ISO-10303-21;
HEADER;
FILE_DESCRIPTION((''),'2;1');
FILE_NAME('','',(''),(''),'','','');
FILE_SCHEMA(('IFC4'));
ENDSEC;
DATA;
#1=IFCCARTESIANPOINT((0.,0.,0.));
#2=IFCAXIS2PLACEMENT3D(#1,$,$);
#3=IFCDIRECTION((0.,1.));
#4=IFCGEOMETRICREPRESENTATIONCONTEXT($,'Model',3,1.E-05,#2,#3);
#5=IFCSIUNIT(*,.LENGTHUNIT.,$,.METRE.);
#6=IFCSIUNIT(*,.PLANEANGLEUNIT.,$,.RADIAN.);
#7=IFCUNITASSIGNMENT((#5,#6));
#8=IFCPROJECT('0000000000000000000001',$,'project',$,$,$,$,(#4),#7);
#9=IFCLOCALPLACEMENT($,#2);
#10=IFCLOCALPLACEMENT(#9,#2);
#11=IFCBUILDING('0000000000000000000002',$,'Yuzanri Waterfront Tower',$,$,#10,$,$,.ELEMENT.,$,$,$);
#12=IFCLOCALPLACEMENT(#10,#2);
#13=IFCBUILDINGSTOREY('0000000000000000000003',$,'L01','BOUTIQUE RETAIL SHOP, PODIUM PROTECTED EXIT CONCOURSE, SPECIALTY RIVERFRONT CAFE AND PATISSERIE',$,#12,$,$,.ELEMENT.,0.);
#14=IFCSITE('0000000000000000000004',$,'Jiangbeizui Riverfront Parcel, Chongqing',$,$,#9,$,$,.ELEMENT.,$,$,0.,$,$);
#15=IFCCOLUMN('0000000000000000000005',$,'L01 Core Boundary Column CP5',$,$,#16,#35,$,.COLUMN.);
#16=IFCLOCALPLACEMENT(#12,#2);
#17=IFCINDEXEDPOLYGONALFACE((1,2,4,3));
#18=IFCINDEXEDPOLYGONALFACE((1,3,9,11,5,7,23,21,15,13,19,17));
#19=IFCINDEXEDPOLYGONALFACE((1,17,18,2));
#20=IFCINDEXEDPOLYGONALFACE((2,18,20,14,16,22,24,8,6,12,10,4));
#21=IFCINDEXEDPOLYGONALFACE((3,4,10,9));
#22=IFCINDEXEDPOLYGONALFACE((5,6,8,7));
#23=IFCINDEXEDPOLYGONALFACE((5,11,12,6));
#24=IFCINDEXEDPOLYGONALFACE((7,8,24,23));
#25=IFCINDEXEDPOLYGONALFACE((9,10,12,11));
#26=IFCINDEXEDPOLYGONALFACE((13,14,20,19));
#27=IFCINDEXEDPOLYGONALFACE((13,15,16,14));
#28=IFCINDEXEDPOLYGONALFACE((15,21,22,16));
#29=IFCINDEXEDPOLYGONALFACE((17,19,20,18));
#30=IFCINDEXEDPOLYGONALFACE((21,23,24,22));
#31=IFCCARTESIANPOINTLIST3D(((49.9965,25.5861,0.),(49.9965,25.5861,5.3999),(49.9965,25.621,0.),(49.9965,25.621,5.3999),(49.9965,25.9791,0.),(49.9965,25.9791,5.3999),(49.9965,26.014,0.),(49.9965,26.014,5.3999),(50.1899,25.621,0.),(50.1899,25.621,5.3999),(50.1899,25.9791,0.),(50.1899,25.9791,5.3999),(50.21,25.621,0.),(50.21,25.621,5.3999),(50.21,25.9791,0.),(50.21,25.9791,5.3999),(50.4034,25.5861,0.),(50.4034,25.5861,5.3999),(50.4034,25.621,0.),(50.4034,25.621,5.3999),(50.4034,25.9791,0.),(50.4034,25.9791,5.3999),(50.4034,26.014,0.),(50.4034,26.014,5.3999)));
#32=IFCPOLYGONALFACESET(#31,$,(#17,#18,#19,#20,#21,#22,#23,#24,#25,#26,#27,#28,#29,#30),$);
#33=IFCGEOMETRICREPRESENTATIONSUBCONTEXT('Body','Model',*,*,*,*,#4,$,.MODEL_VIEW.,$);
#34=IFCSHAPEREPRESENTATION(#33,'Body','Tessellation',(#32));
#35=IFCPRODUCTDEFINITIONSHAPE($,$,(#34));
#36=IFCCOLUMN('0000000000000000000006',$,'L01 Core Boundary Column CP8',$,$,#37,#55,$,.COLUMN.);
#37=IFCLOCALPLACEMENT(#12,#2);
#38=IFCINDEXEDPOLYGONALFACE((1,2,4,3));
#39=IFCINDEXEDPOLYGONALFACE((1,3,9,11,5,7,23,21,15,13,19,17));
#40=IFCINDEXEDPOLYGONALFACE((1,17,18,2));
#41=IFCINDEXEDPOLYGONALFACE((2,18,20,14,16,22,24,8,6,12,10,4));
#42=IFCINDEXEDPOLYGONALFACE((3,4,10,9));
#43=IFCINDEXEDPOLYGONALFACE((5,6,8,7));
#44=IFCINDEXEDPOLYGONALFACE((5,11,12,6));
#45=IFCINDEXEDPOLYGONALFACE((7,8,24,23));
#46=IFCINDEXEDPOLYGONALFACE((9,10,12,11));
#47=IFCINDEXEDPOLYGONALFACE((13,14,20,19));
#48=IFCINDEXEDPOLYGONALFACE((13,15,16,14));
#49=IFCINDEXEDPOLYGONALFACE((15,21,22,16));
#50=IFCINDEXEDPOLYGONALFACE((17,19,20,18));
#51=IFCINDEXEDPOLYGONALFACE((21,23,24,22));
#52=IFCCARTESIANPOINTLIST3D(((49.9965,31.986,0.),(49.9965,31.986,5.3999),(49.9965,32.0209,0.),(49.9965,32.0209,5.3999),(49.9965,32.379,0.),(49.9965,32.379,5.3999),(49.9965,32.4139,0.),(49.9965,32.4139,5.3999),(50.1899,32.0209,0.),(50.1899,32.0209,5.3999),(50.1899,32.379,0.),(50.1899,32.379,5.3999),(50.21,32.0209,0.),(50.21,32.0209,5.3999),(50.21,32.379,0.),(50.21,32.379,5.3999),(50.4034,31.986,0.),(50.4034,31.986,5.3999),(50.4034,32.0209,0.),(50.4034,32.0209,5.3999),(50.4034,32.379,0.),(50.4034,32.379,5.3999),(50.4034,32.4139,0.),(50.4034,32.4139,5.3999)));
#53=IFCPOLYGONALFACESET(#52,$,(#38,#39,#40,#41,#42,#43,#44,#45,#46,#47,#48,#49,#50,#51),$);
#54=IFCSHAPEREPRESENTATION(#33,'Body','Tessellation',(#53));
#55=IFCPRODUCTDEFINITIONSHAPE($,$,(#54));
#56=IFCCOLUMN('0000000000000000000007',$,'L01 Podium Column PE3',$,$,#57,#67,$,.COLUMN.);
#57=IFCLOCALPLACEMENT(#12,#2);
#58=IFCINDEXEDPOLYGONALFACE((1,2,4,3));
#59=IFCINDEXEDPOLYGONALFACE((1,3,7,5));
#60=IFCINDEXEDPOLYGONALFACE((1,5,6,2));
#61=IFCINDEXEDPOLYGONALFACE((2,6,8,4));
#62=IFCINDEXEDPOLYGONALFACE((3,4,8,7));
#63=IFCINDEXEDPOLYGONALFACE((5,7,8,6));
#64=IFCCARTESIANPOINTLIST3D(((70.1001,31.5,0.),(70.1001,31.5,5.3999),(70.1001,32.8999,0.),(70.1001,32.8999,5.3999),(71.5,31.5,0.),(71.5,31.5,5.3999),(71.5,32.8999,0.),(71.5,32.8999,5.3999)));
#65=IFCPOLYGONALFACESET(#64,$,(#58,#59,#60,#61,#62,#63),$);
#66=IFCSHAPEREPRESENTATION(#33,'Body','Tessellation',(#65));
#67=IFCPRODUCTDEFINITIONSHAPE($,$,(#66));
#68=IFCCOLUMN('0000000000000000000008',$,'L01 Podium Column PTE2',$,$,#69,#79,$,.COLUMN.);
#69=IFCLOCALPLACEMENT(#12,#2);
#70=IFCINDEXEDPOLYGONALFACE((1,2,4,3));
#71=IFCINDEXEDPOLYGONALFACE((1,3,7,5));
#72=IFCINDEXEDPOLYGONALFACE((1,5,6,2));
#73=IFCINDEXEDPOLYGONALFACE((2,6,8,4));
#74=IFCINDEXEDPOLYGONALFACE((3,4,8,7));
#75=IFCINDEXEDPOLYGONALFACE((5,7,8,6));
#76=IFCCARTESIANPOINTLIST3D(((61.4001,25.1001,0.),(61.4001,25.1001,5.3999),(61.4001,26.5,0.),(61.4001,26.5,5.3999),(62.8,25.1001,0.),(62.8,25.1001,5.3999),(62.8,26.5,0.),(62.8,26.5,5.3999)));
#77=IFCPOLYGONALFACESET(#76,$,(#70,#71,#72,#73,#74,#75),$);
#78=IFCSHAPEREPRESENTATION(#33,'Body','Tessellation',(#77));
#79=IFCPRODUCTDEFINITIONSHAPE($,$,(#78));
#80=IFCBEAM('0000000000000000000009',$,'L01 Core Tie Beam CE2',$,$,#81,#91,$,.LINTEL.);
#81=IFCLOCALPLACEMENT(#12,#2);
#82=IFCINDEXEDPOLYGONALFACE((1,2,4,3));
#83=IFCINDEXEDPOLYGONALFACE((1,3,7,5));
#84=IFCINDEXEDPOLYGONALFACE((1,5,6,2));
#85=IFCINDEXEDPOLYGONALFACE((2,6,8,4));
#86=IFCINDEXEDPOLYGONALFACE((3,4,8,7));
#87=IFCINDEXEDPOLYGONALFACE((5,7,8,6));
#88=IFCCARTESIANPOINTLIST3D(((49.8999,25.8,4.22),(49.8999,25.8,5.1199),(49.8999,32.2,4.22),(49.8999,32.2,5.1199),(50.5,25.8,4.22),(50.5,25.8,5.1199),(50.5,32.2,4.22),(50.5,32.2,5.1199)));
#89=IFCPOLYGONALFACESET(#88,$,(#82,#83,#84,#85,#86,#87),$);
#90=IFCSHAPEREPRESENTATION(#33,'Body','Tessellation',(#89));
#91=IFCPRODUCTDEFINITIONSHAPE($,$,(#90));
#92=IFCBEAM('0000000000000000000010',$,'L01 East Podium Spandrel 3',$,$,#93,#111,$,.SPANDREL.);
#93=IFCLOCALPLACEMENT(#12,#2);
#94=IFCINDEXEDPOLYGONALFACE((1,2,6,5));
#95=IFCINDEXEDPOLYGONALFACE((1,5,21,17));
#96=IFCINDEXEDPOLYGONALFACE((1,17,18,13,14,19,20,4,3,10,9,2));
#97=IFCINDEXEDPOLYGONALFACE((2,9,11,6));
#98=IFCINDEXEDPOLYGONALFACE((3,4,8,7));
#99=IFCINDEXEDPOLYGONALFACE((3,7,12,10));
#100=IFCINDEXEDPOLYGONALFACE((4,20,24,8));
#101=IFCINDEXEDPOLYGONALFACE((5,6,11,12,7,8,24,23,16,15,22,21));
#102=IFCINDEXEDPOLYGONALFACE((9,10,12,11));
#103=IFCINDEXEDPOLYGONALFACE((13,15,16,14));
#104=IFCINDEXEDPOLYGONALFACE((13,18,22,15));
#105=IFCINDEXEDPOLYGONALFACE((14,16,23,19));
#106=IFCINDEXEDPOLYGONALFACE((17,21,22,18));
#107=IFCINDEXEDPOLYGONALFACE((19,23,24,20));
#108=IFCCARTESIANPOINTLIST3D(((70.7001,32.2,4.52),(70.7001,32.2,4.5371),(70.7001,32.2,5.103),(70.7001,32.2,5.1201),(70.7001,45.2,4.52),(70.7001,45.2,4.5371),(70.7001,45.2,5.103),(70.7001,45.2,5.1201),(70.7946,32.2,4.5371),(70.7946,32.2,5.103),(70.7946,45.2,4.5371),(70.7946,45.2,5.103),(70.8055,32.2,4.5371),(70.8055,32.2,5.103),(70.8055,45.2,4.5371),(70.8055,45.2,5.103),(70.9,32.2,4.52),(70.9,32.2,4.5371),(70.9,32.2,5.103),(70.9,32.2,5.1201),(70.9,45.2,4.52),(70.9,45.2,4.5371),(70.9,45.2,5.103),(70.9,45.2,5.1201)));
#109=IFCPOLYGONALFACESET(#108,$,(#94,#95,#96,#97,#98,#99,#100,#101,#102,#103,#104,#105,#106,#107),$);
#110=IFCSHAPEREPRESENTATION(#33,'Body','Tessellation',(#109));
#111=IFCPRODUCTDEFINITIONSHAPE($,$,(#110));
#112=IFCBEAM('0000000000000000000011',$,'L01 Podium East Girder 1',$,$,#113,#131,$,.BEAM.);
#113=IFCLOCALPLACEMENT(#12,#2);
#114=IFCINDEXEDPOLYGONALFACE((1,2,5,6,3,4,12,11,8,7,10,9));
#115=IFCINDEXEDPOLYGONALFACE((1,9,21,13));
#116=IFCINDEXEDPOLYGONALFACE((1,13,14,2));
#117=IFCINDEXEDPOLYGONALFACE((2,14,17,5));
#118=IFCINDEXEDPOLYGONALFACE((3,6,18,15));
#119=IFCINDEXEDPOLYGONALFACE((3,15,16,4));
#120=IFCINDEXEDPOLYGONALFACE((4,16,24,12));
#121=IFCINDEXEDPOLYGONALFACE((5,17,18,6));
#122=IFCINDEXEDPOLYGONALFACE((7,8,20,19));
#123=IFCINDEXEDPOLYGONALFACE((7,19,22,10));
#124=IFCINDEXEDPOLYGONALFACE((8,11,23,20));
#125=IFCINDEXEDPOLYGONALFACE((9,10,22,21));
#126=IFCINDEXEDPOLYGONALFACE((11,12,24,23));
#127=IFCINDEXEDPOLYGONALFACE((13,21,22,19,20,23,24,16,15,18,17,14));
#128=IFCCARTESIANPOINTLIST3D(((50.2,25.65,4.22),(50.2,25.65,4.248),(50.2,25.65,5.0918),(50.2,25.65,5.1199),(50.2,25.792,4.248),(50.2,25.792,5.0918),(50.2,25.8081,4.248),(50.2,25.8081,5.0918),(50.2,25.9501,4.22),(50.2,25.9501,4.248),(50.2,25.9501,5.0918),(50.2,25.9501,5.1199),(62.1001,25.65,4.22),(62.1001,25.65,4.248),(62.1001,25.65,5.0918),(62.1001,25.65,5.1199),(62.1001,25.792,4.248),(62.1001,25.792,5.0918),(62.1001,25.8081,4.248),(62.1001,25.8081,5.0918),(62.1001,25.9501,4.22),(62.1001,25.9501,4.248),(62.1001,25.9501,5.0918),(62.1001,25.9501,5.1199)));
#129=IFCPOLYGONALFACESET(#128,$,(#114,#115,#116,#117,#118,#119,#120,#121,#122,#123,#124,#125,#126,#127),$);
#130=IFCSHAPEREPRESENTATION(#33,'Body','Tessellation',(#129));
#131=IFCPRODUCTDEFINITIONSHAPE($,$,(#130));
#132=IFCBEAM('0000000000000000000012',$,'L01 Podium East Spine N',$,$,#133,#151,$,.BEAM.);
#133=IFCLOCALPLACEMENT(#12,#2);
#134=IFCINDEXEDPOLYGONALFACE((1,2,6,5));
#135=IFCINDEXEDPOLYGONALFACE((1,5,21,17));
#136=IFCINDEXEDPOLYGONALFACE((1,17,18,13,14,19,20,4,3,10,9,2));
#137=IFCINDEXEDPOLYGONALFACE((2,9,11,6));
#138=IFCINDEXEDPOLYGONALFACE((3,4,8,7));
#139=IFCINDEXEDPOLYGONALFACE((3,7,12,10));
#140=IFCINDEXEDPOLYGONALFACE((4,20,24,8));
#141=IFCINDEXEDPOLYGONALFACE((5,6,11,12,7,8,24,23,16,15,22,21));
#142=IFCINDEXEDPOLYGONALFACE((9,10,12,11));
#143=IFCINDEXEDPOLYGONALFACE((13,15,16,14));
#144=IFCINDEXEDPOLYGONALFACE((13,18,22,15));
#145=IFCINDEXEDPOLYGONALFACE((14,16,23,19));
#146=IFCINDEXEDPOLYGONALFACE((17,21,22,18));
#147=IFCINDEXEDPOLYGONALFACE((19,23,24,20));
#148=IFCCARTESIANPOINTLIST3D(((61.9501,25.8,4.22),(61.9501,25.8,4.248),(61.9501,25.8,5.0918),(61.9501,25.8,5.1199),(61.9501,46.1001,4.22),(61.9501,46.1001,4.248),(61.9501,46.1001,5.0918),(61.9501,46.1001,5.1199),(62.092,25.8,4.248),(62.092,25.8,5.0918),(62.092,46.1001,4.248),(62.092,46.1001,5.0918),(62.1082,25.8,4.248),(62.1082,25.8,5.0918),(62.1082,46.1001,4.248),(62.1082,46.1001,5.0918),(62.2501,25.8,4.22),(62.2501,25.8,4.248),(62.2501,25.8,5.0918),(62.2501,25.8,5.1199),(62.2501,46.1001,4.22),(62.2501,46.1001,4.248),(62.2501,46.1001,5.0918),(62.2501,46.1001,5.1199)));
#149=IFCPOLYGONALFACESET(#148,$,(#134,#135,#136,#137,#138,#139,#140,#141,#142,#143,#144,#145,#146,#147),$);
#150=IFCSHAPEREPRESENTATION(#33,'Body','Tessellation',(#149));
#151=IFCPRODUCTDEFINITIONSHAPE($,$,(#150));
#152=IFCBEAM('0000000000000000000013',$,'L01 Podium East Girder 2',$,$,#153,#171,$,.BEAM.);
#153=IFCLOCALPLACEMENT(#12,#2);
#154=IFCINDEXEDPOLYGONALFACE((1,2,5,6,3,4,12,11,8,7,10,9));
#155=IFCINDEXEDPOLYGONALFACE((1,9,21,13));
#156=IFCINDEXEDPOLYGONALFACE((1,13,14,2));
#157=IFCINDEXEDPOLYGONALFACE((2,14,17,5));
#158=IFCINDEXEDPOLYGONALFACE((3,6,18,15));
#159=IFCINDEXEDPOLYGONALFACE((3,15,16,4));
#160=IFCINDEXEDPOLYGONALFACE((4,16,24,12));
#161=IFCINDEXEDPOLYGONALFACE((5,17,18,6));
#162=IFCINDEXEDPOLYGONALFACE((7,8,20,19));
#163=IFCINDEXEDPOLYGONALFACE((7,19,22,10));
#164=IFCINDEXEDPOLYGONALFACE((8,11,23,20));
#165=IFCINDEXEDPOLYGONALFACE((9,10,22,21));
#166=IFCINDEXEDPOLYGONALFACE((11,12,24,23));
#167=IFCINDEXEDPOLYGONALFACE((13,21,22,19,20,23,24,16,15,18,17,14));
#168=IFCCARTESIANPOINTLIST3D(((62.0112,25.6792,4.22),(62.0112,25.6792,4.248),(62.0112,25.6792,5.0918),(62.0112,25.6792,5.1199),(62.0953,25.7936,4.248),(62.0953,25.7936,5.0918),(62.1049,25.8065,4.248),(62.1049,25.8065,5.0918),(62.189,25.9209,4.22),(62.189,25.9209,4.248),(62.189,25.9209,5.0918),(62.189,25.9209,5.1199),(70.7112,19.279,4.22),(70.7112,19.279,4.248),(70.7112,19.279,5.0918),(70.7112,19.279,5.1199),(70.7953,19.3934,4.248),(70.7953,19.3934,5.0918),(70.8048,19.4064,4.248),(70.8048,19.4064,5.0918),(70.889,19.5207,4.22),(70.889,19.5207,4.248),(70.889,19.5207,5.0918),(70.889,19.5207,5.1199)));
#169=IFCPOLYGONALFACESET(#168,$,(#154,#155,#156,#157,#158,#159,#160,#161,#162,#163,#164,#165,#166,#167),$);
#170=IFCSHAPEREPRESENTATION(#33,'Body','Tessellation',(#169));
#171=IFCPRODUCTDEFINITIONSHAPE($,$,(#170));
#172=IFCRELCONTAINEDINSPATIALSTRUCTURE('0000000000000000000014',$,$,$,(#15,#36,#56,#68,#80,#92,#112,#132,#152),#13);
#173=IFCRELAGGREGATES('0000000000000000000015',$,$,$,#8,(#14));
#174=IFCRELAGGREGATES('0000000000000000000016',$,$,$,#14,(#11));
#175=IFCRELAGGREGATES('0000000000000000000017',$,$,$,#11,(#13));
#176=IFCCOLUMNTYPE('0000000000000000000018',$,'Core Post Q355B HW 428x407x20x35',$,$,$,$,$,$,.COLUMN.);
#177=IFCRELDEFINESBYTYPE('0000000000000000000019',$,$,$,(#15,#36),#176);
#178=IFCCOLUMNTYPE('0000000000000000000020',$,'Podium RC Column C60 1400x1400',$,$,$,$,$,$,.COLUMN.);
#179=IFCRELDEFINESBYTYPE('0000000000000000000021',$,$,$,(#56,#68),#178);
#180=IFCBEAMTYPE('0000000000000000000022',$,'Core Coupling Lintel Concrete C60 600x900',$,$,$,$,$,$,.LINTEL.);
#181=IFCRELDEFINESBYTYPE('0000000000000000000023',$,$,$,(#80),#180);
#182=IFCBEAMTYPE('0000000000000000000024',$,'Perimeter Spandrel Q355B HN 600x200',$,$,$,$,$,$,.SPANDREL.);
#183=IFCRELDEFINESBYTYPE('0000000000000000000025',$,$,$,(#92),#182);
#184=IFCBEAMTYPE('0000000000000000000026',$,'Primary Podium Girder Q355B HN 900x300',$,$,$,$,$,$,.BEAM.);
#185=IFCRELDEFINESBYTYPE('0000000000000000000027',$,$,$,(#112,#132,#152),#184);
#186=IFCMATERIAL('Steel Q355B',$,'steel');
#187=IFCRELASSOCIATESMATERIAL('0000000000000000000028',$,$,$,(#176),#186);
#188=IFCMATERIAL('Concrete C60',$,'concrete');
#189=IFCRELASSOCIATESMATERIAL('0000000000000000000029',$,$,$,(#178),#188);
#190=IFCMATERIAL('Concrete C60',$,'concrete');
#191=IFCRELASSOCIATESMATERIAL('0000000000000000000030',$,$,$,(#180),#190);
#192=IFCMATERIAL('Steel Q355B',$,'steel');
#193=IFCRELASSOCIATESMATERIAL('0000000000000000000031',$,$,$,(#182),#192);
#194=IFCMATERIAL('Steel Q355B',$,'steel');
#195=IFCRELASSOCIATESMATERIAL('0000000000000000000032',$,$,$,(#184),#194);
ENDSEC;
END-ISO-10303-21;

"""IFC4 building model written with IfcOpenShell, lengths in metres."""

from ifc_helpers import new_model, si_unit, direction, frame, origin, origin_2d, place, context, subcontext, project, spatial, rectangle, i_section, extrude, source, transform, mapped, material, material_profile, profile_set, type_object, element, save


model = new_model("IFC4")

# Units and contexts
model_context = context("Model", 3, precision=1e-05, world=origin(), true_north=direction((0.0, 1.0)))
body_context = subcontext(model_context, "Body", "Model", "MODEL_VIEW")
ifc_project = project(units=[si_unit("LENGTHUNIT", "METRE"), si_unit("PLANEANGLEUNIT", "RADIAN")], contexts=[model_context])

# Site, building, storey
site_placement = place(None, origin())
site = spatial("IfcSite", under=ifc_project, at=site_placement, Name="Jiangbeizui Riverfront Parcel, Chongqing", CompositionType="ELEMENT", RefElevation=0.0)
building_placement = place(site_placement, origin())
building = spatial("IfcBuilding", under=site, at=building_placement, Name="Yuzanri Waterfront Tower", CompositionType="ELEMENT")
storey_placement = place(building_placement, origin())
storey = spatial("IfcBuildingStorey", under=building, at=storey_placement, Name="L01", Description="BOUTIQUE RETAIL SHOP, PODIUM PROTECTED EXIT CONCOURSE, SPECIALTY RIVERFRONT CAFE AND PATISSERIE", CompositionType="ELEMENT", Elevation=0.0)

# Columns
ifc_material_1 = material(Name="Steel Q355B", Category="steel")
ifc_material_profile_1 = material_profile(ifc_material_1, i_section(OverallWidth=0.407, OverallDepth=0.428, WebThickness=0.02, FlangeThickness=0.0349, at=origin_2d()), Name="HW 428x407x20x35")
ifc_profile_set_1 = profile_set([ifc_material_profile_1], Name="Steel Q355B")
column_type_1 = type_object("IfcColumnType", Name="Core Post Q355B HW 428x407x20x35", PredefinedType="COLUMN", material=ifc_profile_set_1)
shared_shape_1 = source(origin(), body_context, "Body", "SweptSolid", [
    extrude(i_section(OverallWidth=0.407, OverallDepth=0.428, WebThickness=0.02, FlangeThickness=0.0349, at=origin_2d()), origin(), (0.0, 0.0, 1.0), 5.3999),
])
for number, where, z_axis, x_axis, name in (
    (1, (50.2, 25.8, 0.0), (0.0, 0.0, 1.0), (1.0, 0.0, 0.0), "L01 Core Boundary Column CP5"),
    (2, (50.2, 32.2, 0.0), (0.0, 0.0, 1.0), (1.0, 0.0, 0.0), "L01 Core Boundary Column CP8"),
):
    element("IfcColumn", number, at=place(storey_placement, frame(where, z_axis=z_axis, x_axis=x_axis)), inside=storey, type_object=column_type_1, Name=name, PredefinedType="COLUMN", context=body_context, shape_type="MappedRepresentation", body=[
        mapped(shared_shape_1, transform((0.0, 0.0, 0.0), scale=1.0)),
    ])
ifc_material_2 = material(Name="Concrete C60", Category="concrete")
ifc_material_profile_2 = material_profile(ifc_material_2, rectangle(XDim=1.3999, YDim=1.3999, at=origin_2d()), Name="RC 1400x1400")
ifc_profile_set_2 = profile_set([ifc_material_profile_2], Name="Concrete C60")
column_type_2 = type_object("IfcColumnType", Name="Podium RC Column C60 1400x1400", PredefinedType="COLUMN", material=ifc_profile_set_2)
shared_shape_2 = source(origin(), body_context, "Body", "SweptSolid", [
    extrude(rectangle(XDim=1.3999, YDim=1.3999, at=origin_2d()), origin(), (0.0, 0.0, 1.0), 5.3999),
])
for number, where, z_axis, x_axis, name in (
    (3, (70.8, 32.2, 0.0), (0.0, 0.0, 1.0), (1.0, 0.0, 0.0), "L01 Podium Column PE3"),
    (4, (62.1001, 25.8, 0.0), (0.0, 0.0, 1.0), (1.0, 0.0, 0.0), "L01 Podium Column PTE2"),
):
    element("IfcColumn", number, at=place(storey_placement, frame(where, z_axis=z_axis, x_axis=x_axis)), inside=storey, type_object=column_type_2, Name=name, PredefinedType="COLUMN", context=body_context, shape_type="MappedRepresentation", body=[
        mapped(shared_shape_2, transform((0.0, 0.0, 0.0), scale=1.0)),
    ])

# Beams
ifc_material_3 = material(Name="Concrete C60", Category="concrete")
ifc_material_profile_3 = material_profile(ifc_material_3, rectangle(XDim=0.6001, YDim=0.8999, at=origin_2d()), Name="RC 600x900")
ifc_profile_set_3 = profile_set([ifc_material_profile_3], Name="Concrete C60")
beam_type_1 = type_object("IfcBeamType", Name="Core Coupling Lintel Concrete C60 600x900", PredefinedType="LINTEL", material=ifc_profile_set_3)
shared_shape_3 = source(origin(), body_context, "Body", "SweptSolid", [
    extrude(rectangle(XDim=0.6001, YDim=0.8999, at=origin_2d()), origin(), (0.0, 0.0, 1.0), 6.3999),
])
beam_1_placement = place(storey_placement, frame((50.2, 25.8, 4.6699), z_axis=(0.0, 1.0, 0.0), x_axis=(-1.0, 0.0, 0.0)))
element("IfcBeam", 5, at=beam_1_placement, inside=storey, type_object=beam_type_1, Name="L01 Core Tie Beam CE2", PredefinedType="LINTEL", context=body_context, shape_type="MappedRepresentation", body=[
    mapped(shared_shape_3, transform((0.0, 0.0, 0.0), scale=1.0)),
])
ifc_material_4 = material(Name="Steel Q355B", Category="steel")
ifc_material_profile_4 = material_profile(ifc_material_4, i_section(OverallWidth=0.2, OverallDepth=0.6001, WebThickness=0.011, FlangeThickness=0.0171, at=origin_2d()), Name="HN 600x200x11x17")
ifc_profile_set_4 = profile_set([ifc_material_profile_4], Name="Steel Q355B")
beam_type_2 = type_object("IfcBeamType", Name="Perimeter Spandrel Q355B HN 600x200", PredefinedType="SPANDREL", material=ifc_profile_set_4)
shared_shape_4 = source(origin(), body_context, "Body", "SweptSolid", [
    extrude(i_section(OverallWidth=0.2, OverallDepth=0.6001, WebThickness=0.011, FlangeThickness=0.0171, at=origin_2d()), origin(), (0.0, 0.0, 1.0), 13.0),
])
beam_2_placement = place(storey_placement, frame((70.8, 32.2, 4.8201), z_axis=(0.0, 1.0, 0.0), x_axis=(-1.0, 0.0, 0.0)))
element("IfcBeam", 6, at=beam_2_placement, inside=storey, type_object=beam_type_2, Name="L01 East Podium Spandrel 3", PredefinedType="SPANDREL", context=body_context, shape_type="MappedRepresentation", body=[
    mapped(shared_shape_4, transform((0.0, 0.0, 0.0), scale=1.0)),
])
ifc_material_5 = material(Name="Steel Q355B", Category="steel")
ifc_material_profile_5 = material_profile(ifc_material_5, i_section(OverallWidth=0.3, OverallDepth=0.8999, WebThickness=0.0161, FlangeThickness=0.0281, at=origin_2d()), Name="HN 900x300x16x28")
ifc_profile_set_5 = profile_set([ifc_material_profile_5], Name="Steel Q355B")
beam_type_3 = type_object("IfcBeamType", Name="Primary Podium Girder Q355B HN 900x300", PredefinedType="BEAM", material=ifc_profile_set_5)
shared_shape_5 = source(origin(), body_context, "Body", "SweptSolid", [
    extrude(i_section(OverallWidth=0.3, OverallDepth=0.8999, WebThickness=0.0161, FlangeThickness=0.0281, at=origin_2d()), origin(), (0.0, 0.0, 1.0), 11.9001),
])
beam_3_placement = place(storey_placement, frame((50.2, 25.8, 4.6699), z_axis=(1.0, 0.0, 0.0), x_axis=(0.0, 1.0, 0.0)))
element("IfcBeam", 7, at=beam_3_placement, inside=storey, type_object=beam_type_3, Name="L01 Podium East Girder 1", PredefinedType="BEAM", context=body_context, shape_type="MappedRepresentation", body=[
    mapped(shared_shape_5, transform((0.0, 0.0, 0.0), scale=1.0)),
])
shared_shape_6 = source(origin(), body_context, "Body", "SweptSolid", [
    extrude(i_section(OverallWidth=0.3, OverallDepth=0.8999, WebThickness=0.0161, FlangeThickness=0.0281, at=origin_2d()), origin(), (0.0, 0.0, 1.0), 20.3),
])
beam_4_placement = place(storey_placement, frame((62.1001, 25.8, 4.6699), z_axis=(0.0, 1.0, 0.0), x_axis=(-1.0, 0.0, 0.0)))
element("IfcBeam", 8, at=beam_4_placement, inside=storey, type_object=beam_type_3, Name="L01 Podium East Spine N", PredefinedType="BEAM", context=body_context, shape_type="MappedRepresentation", body=[
    mapped(shared_shape_6, transform((0.0, 0.0, 0.0), scale=1.0)),
])
shared_shape_7 = source(origin(), body_context, "Body", "SweptSolid", [
    extrude(i_section(OverallWidth=0.3, OverallDepth=0.8999, WebThickness=0.0161, FlangeThickness=0.0281, at=origin_2d()), origin(), (0.0, 0.0, 1.0), 10.8005),
])
beam_5_placement = place(storey_placement, frame((62.1001, 25.8, 4.6699), z_axis=(0.805513, -0.592578, 0.0), x_axis=(0.592578, 0.805513, 0.0)))
element("IfcBeam", 9, at=beam_5_placement, inside=storey, type_object=beam_type_3, Name="L01 Podium East Girder 2", PredefinedType="BEAM", context=body_context, shape_type="MappedRepresentation", body=[
    mapped(shared_shape_7, transform((0.0, 0.0, 0.0), scale=1.0)),
])

save(model, "model.ifc")
